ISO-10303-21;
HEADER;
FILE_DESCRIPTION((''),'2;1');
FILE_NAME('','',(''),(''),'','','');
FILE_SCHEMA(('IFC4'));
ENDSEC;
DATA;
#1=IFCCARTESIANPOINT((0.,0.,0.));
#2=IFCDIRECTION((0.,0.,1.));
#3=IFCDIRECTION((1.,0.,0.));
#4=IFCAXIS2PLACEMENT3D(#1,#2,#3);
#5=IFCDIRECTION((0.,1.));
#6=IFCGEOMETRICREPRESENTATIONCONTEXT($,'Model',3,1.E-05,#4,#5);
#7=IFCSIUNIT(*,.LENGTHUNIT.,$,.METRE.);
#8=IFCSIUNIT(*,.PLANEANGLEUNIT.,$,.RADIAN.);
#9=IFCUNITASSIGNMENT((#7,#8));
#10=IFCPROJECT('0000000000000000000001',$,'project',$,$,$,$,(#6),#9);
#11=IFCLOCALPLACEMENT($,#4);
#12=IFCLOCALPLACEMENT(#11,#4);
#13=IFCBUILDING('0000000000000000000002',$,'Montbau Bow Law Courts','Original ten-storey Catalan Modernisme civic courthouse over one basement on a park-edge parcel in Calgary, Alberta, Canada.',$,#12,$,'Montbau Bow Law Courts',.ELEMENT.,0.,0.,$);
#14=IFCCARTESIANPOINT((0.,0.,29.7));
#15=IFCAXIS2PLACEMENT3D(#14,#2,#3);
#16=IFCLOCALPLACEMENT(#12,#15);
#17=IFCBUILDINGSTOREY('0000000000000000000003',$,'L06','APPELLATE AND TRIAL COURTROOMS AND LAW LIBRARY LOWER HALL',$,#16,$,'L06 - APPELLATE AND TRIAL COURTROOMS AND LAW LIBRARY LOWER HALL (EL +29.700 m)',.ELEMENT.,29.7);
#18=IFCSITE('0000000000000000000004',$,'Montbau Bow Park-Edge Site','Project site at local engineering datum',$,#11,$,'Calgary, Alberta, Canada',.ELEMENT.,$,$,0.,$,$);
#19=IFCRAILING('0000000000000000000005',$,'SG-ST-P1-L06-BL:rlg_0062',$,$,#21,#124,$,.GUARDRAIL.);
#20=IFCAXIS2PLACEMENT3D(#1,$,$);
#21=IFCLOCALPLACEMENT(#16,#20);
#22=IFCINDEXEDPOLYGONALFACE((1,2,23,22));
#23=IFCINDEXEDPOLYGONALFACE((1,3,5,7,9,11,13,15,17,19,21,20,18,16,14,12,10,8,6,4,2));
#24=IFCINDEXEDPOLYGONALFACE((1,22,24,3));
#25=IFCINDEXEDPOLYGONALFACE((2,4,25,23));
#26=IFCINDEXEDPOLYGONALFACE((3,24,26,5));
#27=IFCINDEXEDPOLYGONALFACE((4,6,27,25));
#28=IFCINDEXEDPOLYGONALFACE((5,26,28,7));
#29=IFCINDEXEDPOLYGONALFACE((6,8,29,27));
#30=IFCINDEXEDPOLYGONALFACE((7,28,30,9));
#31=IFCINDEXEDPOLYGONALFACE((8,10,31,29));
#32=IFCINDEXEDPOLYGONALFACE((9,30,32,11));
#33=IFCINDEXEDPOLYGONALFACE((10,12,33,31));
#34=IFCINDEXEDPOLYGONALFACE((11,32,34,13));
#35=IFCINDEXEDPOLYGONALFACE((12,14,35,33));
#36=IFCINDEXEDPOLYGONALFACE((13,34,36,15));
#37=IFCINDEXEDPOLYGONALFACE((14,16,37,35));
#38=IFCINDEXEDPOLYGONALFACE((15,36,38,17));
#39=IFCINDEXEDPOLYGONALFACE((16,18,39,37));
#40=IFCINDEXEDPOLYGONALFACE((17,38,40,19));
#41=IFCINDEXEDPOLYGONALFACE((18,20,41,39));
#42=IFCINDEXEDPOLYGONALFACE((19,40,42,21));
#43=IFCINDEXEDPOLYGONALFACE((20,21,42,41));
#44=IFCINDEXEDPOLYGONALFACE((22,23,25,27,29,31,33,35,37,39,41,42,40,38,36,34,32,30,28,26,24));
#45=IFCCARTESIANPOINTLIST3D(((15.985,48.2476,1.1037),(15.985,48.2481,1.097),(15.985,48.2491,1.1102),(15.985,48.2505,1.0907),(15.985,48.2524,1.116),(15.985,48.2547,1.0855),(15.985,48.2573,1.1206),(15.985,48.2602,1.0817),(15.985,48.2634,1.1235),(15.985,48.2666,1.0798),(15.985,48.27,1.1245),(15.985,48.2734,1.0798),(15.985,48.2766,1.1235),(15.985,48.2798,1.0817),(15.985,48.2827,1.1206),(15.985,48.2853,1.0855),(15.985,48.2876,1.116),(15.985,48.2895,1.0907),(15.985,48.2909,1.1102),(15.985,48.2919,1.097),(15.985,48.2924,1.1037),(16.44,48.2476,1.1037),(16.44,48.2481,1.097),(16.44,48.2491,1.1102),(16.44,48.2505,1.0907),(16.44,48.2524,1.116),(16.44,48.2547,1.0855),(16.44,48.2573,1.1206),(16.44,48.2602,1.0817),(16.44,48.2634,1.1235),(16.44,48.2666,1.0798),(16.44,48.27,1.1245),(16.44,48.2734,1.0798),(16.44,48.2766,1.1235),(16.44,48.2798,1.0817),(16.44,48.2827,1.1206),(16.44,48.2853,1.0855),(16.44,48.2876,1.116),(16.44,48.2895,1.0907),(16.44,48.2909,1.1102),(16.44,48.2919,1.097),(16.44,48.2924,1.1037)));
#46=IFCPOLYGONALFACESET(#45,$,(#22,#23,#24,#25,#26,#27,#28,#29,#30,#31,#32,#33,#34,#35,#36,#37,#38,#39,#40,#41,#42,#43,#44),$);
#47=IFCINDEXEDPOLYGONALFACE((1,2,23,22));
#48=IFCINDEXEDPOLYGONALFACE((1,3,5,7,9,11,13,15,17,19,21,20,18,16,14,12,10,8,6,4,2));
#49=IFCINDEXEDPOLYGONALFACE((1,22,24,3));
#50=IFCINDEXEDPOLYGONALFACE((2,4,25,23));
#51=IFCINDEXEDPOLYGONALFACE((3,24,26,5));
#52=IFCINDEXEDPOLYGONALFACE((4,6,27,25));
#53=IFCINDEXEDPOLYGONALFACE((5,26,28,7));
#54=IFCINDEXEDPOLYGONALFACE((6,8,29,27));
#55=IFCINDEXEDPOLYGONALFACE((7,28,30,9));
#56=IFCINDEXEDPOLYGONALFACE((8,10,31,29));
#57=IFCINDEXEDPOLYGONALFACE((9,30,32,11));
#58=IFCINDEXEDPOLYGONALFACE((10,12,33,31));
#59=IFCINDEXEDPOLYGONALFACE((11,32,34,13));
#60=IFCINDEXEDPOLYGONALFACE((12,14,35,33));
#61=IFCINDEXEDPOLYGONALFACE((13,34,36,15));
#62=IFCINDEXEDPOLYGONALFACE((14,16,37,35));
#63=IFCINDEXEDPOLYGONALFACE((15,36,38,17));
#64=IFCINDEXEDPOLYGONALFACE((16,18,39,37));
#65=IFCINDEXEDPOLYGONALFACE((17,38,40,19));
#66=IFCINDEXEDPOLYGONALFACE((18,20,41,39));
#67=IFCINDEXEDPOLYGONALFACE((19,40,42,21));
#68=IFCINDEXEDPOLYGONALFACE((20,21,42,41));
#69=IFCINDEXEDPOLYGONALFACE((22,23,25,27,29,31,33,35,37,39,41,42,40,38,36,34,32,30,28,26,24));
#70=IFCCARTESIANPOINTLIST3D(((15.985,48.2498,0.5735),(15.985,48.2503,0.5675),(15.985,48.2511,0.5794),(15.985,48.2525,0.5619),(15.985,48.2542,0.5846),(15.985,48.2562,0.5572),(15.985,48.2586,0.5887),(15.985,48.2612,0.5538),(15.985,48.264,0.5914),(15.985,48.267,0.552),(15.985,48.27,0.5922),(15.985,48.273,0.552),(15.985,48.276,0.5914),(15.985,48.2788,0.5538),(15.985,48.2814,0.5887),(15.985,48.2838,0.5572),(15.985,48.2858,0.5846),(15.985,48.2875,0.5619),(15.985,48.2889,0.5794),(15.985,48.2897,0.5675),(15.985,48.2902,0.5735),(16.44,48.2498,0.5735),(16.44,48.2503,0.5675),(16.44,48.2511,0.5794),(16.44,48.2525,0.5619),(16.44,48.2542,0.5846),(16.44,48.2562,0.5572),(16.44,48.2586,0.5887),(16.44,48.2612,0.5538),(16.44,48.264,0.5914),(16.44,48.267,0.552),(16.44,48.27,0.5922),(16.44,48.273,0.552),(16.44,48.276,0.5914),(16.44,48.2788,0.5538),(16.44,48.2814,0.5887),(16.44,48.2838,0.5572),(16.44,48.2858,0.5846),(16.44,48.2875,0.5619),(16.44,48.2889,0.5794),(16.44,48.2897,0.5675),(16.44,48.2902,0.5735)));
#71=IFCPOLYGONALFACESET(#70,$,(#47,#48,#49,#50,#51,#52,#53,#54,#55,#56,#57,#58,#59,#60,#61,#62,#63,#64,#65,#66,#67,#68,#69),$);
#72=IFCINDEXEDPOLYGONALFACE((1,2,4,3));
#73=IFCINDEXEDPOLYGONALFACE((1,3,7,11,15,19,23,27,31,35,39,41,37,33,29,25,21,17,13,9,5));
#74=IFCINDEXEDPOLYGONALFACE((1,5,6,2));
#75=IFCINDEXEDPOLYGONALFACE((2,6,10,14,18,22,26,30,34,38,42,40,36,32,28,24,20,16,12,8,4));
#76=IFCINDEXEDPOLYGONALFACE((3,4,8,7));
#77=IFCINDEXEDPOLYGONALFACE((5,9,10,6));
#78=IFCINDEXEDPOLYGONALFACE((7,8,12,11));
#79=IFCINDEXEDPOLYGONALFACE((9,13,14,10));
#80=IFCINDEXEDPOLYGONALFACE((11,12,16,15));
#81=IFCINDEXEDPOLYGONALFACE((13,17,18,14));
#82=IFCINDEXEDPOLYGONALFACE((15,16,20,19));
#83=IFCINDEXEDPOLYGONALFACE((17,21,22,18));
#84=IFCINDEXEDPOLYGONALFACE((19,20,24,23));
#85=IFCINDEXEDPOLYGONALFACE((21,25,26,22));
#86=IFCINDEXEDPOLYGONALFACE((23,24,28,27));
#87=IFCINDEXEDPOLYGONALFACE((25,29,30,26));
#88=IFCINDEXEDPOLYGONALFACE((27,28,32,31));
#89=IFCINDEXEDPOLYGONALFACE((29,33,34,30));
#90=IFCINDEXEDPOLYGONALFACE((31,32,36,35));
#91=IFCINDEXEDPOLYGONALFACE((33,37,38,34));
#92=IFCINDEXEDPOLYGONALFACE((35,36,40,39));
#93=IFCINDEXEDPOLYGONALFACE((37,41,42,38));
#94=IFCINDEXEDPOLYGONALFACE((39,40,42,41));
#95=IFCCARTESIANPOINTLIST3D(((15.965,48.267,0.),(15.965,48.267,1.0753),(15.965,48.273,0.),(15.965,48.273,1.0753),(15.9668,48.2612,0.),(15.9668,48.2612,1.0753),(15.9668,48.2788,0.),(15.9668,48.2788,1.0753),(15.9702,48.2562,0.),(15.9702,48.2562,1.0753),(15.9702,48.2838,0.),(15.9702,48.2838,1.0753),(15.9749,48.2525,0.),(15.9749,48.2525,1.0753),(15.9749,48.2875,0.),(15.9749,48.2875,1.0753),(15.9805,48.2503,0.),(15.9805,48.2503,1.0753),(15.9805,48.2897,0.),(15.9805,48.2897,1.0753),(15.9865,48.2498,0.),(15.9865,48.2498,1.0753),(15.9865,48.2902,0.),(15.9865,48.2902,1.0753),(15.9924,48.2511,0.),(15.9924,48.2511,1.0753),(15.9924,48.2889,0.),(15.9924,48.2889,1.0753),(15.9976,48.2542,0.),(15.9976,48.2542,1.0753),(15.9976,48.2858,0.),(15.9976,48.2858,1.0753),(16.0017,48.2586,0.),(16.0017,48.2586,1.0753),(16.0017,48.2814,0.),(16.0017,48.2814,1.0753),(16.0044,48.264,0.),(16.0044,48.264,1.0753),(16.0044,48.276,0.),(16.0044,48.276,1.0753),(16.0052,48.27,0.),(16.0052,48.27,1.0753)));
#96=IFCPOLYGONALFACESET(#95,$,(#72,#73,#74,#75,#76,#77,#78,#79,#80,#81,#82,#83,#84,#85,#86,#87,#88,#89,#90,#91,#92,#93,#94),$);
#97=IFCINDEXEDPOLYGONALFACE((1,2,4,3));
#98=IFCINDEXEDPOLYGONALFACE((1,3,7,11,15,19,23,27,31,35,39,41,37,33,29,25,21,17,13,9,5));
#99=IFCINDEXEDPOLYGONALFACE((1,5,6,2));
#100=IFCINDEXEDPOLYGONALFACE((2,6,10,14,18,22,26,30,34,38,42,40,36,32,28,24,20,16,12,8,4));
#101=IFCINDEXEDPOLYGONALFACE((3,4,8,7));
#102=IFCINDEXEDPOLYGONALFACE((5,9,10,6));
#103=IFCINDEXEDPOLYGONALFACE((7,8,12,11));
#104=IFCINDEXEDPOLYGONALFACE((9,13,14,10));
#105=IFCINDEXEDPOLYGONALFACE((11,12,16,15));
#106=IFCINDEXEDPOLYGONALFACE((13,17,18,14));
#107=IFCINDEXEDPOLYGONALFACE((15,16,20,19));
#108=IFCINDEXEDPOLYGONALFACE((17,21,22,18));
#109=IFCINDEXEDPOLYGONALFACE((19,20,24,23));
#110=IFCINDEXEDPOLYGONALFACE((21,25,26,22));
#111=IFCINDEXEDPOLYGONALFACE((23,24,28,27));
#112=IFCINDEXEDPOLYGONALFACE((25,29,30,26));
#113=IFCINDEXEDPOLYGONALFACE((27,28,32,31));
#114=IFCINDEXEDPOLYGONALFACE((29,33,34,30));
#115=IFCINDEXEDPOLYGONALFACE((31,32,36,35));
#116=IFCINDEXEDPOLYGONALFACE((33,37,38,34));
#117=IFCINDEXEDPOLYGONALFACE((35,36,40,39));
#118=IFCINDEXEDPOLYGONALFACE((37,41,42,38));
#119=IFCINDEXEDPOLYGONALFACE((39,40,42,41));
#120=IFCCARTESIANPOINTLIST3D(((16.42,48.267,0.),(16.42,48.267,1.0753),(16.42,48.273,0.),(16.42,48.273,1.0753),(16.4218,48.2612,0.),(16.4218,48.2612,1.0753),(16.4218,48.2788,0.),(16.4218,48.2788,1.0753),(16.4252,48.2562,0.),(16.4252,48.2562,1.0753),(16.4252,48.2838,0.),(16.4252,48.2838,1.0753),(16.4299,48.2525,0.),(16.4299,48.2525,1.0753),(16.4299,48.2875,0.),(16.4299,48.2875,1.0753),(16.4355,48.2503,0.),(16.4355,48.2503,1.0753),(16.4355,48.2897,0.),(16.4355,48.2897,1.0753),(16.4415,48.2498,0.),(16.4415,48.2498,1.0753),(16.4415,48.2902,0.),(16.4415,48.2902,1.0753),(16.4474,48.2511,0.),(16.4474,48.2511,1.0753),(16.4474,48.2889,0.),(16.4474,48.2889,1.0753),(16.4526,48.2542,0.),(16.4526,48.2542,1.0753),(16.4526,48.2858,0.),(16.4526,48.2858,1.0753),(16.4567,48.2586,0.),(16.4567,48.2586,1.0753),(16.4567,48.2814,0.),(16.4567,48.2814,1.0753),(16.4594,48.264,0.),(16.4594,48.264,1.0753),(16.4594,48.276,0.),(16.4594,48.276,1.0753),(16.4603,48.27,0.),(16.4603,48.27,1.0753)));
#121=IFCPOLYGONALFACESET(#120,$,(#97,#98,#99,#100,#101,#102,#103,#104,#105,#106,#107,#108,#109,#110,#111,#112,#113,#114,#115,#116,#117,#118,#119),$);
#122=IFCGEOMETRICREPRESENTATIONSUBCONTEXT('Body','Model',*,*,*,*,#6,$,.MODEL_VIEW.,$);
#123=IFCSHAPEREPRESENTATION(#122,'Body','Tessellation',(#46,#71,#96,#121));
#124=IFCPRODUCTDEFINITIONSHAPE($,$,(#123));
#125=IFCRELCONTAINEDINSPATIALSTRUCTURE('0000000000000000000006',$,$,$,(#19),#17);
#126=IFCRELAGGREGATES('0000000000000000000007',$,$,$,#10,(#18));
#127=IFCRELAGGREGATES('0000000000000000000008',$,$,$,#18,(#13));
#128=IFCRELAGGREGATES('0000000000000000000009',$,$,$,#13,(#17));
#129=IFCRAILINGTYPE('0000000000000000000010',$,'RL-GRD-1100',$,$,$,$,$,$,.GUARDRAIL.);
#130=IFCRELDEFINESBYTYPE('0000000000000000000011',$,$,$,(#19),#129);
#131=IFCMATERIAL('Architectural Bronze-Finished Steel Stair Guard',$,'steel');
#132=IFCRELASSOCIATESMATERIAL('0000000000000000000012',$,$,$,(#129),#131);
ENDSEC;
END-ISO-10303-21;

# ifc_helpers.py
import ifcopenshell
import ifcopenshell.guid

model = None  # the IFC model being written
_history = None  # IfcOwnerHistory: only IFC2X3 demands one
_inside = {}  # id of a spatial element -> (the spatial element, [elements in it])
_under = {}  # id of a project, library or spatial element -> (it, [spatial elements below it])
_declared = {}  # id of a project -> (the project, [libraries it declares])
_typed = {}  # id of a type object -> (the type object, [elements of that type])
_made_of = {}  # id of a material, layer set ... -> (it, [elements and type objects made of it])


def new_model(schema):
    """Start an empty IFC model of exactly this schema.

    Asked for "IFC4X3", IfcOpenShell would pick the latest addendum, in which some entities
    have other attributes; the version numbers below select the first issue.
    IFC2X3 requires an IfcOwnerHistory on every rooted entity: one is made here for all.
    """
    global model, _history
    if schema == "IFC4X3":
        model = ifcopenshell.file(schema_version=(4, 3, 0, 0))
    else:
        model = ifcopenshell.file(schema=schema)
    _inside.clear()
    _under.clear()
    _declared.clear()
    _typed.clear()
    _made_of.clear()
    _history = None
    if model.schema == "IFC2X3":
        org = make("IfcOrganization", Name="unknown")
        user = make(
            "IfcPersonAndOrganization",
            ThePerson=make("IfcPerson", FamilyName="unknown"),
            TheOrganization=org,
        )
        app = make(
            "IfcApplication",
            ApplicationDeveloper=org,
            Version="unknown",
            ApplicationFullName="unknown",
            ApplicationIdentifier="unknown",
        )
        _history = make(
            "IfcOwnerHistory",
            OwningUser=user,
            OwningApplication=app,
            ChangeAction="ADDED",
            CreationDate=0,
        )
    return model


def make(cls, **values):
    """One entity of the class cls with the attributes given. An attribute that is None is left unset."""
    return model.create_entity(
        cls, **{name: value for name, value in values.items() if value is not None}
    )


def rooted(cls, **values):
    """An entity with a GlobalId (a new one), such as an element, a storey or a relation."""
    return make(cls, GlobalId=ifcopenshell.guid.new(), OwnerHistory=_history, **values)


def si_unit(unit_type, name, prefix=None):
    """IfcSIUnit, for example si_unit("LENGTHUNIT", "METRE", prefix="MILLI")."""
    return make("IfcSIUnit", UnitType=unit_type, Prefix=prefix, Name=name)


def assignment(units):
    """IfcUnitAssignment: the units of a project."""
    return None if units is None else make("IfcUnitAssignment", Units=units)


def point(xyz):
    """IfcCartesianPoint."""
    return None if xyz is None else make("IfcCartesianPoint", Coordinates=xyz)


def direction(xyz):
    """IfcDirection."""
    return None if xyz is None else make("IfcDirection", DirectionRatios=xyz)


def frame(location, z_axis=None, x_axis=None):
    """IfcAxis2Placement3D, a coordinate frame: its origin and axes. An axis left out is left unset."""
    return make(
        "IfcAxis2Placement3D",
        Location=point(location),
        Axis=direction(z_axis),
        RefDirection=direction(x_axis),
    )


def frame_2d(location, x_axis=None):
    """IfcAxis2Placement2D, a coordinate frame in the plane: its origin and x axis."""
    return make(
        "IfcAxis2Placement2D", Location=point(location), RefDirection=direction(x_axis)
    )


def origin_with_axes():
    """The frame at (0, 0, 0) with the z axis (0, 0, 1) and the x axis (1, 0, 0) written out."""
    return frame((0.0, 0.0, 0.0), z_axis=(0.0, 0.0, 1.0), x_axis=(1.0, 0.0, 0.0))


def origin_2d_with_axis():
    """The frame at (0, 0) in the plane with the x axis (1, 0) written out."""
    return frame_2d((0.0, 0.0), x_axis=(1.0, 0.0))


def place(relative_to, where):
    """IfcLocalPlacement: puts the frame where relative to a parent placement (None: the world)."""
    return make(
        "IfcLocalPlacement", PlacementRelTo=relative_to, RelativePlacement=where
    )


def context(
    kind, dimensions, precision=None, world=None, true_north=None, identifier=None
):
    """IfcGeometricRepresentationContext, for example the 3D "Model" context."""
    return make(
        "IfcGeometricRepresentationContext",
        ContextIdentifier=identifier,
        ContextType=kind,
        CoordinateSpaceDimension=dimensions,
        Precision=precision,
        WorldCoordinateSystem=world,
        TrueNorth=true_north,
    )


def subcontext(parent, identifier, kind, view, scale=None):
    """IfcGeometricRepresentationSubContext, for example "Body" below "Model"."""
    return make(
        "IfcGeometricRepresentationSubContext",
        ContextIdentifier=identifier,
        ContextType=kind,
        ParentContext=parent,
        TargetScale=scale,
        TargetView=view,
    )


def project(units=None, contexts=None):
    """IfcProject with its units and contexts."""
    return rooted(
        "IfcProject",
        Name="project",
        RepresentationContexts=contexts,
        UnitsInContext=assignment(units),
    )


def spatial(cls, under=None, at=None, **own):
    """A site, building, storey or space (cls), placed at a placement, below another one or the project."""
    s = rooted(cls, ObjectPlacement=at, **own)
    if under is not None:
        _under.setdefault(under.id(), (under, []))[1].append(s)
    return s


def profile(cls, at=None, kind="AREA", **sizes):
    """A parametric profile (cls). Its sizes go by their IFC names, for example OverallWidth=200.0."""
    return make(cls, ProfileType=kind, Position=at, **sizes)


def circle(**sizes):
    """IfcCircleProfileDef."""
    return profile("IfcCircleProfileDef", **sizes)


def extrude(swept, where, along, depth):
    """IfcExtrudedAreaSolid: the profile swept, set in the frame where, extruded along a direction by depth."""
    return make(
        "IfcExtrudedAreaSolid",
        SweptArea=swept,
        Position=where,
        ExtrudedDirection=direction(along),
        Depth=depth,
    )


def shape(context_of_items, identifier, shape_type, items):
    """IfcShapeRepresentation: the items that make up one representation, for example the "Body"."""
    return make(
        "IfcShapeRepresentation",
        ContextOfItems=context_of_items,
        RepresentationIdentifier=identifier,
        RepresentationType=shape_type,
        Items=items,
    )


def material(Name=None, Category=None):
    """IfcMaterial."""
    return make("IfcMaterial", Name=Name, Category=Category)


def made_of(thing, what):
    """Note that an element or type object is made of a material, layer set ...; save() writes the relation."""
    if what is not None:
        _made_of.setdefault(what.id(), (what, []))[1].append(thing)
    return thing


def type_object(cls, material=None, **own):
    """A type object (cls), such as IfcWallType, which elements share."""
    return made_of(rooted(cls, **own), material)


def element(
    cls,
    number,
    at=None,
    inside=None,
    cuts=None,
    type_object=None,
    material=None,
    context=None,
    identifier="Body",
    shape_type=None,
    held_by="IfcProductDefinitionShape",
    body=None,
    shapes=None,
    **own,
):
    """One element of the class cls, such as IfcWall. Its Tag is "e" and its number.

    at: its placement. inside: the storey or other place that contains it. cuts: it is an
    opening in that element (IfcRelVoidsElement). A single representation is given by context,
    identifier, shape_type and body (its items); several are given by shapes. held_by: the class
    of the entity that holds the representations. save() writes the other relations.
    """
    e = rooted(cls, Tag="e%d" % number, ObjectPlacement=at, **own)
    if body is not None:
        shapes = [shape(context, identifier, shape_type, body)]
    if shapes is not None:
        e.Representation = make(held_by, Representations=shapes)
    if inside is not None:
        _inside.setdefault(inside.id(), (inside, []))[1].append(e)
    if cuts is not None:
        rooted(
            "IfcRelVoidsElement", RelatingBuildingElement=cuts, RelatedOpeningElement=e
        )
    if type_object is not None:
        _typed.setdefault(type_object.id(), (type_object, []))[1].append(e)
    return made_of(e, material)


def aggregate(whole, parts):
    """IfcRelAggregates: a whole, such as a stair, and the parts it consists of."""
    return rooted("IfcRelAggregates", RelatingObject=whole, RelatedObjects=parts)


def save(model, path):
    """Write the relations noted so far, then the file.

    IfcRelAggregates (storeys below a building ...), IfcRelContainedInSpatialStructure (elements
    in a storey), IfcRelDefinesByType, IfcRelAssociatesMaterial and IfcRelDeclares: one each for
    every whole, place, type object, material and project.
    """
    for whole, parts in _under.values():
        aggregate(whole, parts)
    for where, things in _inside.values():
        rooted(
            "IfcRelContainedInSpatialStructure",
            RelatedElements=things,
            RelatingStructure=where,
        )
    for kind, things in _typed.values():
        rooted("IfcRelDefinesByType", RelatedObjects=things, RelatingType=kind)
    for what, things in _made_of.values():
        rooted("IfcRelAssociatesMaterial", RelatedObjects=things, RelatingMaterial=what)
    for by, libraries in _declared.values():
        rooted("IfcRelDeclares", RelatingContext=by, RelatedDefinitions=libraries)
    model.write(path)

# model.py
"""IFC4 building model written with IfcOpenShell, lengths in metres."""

from ifc_helpers import new_model, si_unit, direction, frame, origin_with_axes, origin_2d_with_axis, place, context, subcontext, project, spatial, circle, extrude, material, type_object, element, save


model = new_model("IFC4")

# Units and contexts
model_context = context("Model", 3, precision=1e-05, world=origin_with_axes(), true_north=direction((0.0, 1.0)))
body_context = subcontext(model_context, "Body", "Model", "MODEL_VIEW")
ifc_project = project(units=[si_unit("LENGTHUNIT", "METRE"), si_unit("PLANEANGLEUNIT", "RADIAN")], contexts=[model_context])

# Site, building, storey
site_placement = place(None, origin_with_axes())
site = spatial("IfcSite", under=ifc_project, at=site_placement, Name="Montbau Bow Park-Edge Site", Description="Project site at local engineering datum", LongName="Calgary, Alberta, Canada", CompositionType="ELEMENT", RefElevation=0.0)
building_placement = place(site_placement, origin_with_axes())
building = spatial("IfcBuilding", under=site, at=building_placement, Name="Montbau Bow Law Courts", Description="Original ten-storey Catalan Modernisme civic courthouse over one basement on a park-edge parcel in Calgary, Alberta, Canada.", LongName="Montbau Bow Law Courts", CompositionType="ELEMENT", ElevationOfRefHeight=0.0, ElevationOfTerrain=0.0)
storey_placement = place(building_placement, frame((0.0, 0.0, 29.7), z_axis=(0.0, 0.0, 1.0), x_axis=(1.0, 0.0, 0.0)))
storey = spatial("IfcBuildingStorey", under=building, at=storey_placement, Name="L06", Description="APPELLATE AND TRIAL COURTROOMS AND LAW LIBRARY LOWER HALL", LongName="L06 - APPELLATE AND TRIAL COURTROOMS AND LAW LIBRARY LOWER HALL (EL +29.700 m)", CompositionType="ELEMENT", Elevation=29.7)

# Railing
ifc_material_1 = material(Name="Architectural Bronze-Finished Steel Stair Guard", Category="steel")
railing_type_1 = type_object("IfcRailingType", Name="RL-GRD-1100", PredefinedType="GUARDRAIL", material=ifc_material_1)
railing_1_placement = place(None, origin_with_axes())
element("IfcRailing", 1, at=railing_1_placement, inside=storey, type_object=railing_type_1, Name="SG-ST-P1-L06-BL:rlg_0062", PredefinedType="GUARDRAIL", context=body_context, shape_type="SweptSolid", body=[
    extrude(circle(Radius=0.0225, at=origin_2d_with_axis()), frame((15.985, 48.27, 30.802), z_axis=(1.0, 0.0, 0.0), x_axis=(0.0, 0.0, 1.0)), (0.0, 0.0, 1.0), 0.455),
    extrude(circle(Radius=0.0203, at=origin_2d_with_axis()), frame((15.985, 48.27, 30.272), z_axis=(1.0, 0.0, 0.0), x_axis=(0.0, 0.0, 1.0)), (0.0, 0.0, 1.0), 0.455),
    extrude(circle(Radius=0.0203, at=origin_2d_with_axis()), frame((15.985, 48.27, 29.7), z_axis=(0.0, 0.0, 1.0), x_axis=(1.0, 0.0, 0.0)), (0.0, 0.0, 1.0), 1.0753),
    extrude(circle(Radius=0.0203, at=origin_2d_with_axis()), frame((16.44, 48.27, 29.7), z_axis=(0.0, 0.0, 1.0), x_axis=(1.0, 0.0, 0.0)), (0.0, 0.0, 1.0), 1.0753),
])

save(model, "model.ifc")
